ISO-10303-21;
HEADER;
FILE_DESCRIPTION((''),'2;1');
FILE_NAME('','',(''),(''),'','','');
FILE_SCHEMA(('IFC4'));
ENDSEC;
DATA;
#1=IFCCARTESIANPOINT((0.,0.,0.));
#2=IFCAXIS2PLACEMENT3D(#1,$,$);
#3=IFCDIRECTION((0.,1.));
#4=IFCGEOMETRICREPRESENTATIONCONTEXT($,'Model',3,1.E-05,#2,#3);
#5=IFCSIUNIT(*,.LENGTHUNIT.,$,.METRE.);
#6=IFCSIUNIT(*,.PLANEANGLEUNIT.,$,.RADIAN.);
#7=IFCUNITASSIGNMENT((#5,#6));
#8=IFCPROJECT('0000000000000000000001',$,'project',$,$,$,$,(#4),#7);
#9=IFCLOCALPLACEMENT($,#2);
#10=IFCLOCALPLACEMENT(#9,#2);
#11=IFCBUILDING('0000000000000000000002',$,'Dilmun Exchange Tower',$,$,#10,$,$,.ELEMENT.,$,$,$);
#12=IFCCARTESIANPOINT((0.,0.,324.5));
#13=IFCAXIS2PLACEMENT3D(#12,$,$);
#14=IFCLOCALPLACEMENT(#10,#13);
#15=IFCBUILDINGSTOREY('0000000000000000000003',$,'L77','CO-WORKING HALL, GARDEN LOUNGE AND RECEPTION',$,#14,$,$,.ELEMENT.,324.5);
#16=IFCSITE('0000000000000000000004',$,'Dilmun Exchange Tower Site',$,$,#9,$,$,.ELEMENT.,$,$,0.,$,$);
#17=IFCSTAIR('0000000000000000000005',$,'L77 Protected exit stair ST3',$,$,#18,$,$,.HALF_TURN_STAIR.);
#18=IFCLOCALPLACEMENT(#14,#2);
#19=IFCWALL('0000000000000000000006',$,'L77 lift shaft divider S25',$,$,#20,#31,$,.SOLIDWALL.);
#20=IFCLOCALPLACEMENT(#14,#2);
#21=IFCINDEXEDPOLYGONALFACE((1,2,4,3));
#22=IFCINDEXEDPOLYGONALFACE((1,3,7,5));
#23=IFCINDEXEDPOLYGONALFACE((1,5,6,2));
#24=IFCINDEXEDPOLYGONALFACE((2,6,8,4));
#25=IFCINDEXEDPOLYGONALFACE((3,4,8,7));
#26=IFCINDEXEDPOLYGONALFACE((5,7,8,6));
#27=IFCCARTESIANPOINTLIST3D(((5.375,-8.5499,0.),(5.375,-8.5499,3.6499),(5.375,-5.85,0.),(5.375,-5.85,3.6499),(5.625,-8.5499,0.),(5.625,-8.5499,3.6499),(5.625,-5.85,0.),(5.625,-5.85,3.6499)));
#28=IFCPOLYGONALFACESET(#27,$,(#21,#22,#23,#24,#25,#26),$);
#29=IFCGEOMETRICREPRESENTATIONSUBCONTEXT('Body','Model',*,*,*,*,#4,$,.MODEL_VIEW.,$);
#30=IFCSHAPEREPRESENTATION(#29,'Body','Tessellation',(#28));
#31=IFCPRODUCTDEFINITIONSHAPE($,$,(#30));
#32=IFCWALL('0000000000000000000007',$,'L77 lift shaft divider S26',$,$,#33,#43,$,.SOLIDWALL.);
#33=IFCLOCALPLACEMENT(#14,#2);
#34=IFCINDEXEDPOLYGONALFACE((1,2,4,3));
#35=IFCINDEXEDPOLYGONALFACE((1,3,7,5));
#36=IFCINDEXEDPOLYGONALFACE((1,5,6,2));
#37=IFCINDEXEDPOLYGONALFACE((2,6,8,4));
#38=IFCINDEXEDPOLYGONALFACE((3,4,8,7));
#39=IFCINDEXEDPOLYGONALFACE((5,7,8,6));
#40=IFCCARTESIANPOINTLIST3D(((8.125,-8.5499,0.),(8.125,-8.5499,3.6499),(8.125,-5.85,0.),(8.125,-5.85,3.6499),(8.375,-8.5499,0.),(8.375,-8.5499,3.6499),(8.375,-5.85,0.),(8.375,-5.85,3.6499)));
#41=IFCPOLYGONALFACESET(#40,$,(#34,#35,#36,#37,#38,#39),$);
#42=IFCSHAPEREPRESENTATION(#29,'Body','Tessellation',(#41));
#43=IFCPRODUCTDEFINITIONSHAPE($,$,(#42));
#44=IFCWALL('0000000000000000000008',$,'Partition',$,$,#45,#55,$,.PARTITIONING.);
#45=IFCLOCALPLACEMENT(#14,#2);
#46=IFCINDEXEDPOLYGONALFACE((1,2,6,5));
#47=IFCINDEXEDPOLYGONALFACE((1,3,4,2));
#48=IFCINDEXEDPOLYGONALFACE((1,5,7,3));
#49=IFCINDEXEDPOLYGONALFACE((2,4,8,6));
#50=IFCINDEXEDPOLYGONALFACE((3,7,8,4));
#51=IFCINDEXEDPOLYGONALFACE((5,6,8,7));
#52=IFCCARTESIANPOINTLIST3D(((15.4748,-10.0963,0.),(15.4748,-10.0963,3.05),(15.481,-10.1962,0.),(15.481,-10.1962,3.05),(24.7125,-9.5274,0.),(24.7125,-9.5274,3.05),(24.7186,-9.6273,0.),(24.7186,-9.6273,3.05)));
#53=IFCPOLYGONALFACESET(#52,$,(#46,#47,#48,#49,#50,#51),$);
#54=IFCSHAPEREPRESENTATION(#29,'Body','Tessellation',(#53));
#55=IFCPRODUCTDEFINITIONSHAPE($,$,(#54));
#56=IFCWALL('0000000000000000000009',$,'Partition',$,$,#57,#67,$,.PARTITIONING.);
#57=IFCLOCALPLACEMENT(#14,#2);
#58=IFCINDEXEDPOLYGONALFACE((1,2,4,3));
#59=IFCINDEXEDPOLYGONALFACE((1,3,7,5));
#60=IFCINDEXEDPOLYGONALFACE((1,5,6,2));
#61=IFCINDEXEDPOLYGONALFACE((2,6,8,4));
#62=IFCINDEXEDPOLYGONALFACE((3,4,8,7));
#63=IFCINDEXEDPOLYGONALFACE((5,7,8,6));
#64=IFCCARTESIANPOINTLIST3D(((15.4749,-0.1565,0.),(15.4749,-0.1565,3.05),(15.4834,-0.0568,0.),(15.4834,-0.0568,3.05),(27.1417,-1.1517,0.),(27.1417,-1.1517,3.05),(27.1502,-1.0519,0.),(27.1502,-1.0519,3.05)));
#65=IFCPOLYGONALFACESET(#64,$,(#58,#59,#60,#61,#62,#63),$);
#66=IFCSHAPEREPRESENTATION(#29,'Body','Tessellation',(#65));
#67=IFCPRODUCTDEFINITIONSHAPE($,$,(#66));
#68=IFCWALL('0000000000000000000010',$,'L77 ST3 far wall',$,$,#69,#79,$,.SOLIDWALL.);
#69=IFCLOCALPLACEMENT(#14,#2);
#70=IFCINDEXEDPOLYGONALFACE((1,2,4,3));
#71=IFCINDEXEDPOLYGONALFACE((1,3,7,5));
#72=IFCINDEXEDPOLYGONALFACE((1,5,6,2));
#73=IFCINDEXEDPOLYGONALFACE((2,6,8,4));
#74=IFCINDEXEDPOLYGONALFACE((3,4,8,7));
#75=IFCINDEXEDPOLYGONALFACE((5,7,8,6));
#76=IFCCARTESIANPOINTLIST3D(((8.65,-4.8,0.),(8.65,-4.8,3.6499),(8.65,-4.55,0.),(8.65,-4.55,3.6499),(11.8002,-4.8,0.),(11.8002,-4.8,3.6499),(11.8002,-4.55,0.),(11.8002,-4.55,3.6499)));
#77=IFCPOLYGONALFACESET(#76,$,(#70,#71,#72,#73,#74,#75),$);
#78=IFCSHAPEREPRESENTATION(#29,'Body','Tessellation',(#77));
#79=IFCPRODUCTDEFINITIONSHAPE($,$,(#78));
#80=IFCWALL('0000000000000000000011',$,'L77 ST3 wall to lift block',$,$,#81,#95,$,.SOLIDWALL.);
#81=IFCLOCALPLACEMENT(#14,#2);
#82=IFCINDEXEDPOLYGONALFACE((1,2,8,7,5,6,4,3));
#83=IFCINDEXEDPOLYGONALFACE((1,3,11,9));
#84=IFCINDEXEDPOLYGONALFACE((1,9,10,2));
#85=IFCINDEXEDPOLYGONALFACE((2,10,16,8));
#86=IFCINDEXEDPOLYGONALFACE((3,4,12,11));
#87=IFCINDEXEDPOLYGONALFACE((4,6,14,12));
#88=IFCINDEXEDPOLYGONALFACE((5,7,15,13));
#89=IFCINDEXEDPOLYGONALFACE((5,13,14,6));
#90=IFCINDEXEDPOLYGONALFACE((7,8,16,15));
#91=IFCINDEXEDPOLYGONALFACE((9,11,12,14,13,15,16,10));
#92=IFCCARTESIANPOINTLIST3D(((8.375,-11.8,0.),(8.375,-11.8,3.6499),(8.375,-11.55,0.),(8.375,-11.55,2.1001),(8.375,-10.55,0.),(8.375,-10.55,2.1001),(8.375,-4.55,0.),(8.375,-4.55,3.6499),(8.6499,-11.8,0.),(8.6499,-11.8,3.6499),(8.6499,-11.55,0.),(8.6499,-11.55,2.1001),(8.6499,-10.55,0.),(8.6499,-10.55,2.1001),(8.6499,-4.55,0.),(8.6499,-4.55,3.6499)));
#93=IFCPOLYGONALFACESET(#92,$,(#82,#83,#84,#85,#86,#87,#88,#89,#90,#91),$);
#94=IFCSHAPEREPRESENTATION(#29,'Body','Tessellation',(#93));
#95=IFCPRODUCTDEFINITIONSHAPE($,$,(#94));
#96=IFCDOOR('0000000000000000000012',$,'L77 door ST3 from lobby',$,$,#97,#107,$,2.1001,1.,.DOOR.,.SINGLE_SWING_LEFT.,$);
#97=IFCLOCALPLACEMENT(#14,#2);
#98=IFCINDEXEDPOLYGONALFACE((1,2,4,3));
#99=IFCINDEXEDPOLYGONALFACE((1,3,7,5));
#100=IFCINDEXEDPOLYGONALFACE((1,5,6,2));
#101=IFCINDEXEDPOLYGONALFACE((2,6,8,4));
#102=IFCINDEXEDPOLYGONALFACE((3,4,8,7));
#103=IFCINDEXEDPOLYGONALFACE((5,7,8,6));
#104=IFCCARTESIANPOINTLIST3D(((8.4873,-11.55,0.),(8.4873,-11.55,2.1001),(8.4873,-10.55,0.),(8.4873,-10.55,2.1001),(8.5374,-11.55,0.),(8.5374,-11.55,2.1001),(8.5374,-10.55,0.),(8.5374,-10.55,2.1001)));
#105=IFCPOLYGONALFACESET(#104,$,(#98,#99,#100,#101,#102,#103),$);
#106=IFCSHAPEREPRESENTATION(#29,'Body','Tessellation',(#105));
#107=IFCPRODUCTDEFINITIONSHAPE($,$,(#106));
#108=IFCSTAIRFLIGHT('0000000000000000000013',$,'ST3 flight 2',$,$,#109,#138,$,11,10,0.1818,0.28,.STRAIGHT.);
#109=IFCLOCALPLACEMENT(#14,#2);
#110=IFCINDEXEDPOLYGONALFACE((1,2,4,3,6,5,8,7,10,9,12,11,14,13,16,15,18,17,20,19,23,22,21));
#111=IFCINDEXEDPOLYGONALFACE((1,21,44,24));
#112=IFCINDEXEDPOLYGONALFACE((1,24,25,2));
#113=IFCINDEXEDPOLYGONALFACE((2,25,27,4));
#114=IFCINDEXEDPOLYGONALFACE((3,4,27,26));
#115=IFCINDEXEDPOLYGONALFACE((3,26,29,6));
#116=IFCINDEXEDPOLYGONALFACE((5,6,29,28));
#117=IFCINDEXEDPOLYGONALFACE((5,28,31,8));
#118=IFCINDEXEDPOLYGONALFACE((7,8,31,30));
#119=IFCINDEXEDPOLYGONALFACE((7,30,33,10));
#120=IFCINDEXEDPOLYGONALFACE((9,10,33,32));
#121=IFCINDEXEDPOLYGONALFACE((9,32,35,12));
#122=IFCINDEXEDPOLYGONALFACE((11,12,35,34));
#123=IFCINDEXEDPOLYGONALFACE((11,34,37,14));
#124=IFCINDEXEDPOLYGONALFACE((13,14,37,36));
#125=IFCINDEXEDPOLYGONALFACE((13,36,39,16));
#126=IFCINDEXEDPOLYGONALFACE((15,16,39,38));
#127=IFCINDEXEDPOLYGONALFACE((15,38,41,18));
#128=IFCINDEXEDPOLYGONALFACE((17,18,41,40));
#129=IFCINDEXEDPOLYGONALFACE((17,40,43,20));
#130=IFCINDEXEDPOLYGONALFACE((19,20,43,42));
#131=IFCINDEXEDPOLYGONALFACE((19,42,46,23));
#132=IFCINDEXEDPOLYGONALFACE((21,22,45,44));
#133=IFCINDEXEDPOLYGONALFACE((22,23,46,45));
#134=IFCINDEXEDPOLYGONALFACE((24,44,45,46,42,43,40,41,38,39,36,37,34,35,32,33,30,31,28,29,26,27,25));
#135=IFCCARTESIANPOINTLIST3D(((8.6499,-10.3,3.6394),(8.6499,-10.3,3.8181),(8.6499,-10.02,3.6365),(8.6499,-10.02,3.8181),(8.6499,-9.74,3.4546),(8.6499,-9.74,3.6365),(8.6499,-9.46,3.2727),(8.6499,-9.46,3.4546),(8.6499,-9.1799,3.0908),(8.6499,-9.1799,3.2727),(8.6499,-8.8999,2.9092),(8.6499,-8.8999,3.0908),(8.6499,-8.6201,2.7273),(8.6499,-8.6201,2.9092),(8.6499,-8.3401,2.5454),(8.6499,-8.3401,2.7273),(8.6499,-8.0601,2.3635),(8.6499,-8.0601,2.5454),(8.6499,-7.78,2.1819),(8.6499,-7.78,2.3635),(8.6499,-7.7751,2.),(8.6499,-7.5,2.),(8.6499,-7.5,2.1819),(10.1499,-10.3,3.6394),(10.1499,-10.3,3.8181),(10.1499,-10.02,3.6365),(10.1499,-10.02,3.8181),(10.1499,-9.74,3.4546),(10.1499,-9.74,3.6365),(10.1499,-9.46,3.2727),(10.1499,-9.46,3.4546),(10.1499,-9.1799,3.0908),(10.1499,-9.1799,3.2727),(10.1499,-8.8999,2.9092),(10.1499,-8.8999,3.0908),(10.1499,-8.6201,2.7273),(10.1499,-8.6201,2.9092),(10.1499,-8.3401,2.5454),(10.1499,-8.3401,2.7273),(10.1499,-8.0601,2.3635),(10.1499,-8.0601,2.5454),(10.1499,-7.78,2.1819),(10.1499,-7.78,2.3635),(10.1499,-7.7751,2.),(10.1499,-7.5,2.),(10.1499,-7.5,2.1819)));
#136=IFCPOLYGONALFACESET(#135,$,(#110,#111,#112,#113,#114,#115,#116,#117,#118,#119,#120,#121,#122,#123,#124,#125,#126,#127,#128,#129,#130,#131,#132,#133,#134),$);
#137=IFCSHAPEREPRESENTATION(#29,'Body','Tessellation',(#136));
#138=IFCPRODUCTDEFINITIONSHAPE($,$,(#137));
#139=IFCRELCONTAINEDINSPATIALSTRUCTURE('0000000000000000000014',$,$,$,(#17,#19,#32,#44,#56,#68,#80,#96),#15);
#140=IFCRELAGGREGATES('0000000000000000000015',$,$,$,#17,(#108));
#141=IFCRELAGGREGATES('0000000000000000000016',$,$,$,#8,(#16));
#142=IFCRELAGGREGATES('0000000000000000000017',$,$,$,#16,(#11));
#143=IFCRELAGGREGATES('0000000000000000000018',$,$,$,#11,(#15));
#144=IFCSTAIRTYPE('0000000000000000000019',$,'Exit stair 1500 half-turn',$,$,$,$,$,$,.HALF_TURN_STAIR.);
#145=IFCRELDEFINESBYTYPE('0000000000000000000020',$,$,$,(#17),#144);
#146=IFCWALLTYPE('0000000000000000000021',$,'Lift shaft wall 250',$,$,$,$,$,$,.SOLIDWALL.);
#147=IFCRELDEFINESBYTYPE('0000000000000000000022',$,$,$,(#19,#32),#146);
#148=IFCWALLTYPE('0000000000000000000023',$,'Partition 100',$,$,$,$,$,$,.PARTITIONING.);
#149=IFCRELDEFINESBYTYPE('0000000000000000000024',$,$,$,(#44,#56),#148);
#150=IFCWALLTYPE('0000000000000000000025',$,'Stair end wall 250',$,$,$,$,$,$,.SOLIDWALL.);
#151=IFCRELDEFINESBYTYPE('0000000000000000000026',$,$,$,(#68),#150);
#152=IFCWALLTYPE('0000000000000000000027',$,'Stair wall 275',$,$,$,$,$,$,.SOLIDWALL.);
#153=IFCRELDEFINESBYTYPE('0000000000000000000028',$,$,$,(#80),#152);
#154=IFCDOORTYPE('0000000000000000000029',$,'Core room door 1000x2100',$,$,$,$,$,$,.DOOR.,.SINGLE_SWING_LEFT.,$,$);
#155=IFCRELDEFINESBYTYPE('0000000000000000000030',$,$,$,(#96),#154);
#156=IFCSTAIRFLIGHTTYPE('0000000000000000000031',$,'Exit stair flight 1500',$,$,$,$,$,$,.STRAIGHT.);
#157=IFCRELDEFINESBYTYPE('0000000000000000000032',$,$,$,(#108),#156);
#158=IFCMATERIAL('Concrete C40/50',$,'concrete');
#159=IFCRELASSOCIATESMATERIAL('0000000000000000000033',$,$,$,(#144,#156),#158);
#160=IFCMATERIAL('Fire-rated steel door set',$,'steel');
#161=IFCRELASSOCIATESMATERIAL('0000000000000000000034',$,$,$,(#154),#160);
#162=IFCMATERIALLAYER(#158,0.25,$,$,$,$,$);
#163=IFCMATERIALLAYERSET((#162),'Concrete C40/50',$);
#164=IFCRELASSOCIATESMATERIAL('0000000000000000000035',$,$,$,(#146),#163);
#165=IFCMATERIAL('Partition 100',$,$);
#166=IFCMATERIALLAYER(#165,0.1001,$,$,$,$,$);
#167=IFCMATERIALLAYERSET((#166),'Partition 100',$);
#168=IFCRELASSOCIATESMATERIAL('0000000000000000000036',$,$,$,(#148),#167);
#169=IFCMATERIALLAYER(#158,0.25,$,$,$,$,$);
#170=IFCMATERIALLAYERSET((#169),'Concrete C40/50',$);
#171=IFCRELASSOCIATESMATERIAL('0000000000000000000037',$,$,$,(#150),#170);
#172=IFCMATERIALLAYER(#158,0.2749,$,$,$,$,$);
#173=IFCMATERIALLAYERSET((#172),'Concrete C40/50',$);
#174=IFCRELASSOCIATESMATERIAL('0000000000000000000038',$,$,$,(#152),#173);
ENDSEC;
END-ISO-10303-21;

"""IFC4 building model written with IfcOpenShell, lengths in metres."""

from ifc_helpers import new_model, si_unit, direction, frame, frame_2d, origin, place, context, subcontext, project, spatial, polyline, rectangle, outline, extrude, material, layer, layer_set, type_object, element, fill, aggregate, save


model = new_model("IFC4")

# Units and contexts
model_context = context("Model", 3, precision=1e-05, world=origin(), true_north=direction((0.0, 1.0)))
body_context = subcontext(model_context, "Body", "Model", "MODEL_VIEW")
ifc_project = project(units=[si_unit("LENGTHUNIT", "METRE"), si_unit("PLANEANGLEUNIT", "RADIAN")], contexts=[model_context])

# Site, building, storey
site_placement = place(None, origin())
site = spatial("IfcSite", under=ifc_project, at=site_placement, Name="Dilmun Exchange Tower Site", CompositionType="ELEMENT", RefElevation=0.0)
building_placement = place(site_placement, origin())
building = spatial("IfcBuilding", under=site, at=building_placement, Name="Dilmun Exchange Tower", CompositionType="ELEMENT")
storey_placement = place(building_placement, frame((0.0, 0.0, 324.5)))
storey = spatial("IfcBuildingStorey", under=building, at=storey_placement, Name="L77", Description="CO-WORKING HALL, GARDEN LOUNGE AND RECEPTION", CompositionType="ELEMENT", Elevation=324.5)

# Shared definitions
ifc_material_1 = material(Name="Concrete C40/50", Category="concrete")

# Stair
stair_type = type_object("IfcStairType", Name="Exit stair 1500 half-turn", PredefinedType="HALF_TURN_STAIR", material=ifc_material_1)
stair_placement = place(storey_placement, origin())
stair = element("IfcStair", 1, at=stair_placement, inside=storey, type_object=stair_type, Name="L77 Protected exit stair ST3", PredefinedType="HALF_TURN_STAIR")

# Shared definitions
ifc_material_2 = material(Name="Fire-rated steel door set", Category="steel")
door_type_1 = type_object("IfcDoorType", Name="Core room door 1000x2100", OperationType="SINGLE_SWING_LEFT", PredefinedType="DOOR", material=ifc_material_2)

# Walls
ifc_layer_1 = layer(ifc_material_1, 0.25)
ifc_layer_set_1 = layer_set([ifc_layer_1], Name="Concrete C40/50")
wall_type_1 = type_object("IfcWallType", Name="Lift shaft wall 250", PredefinedType="SOLIDWALL", material=ifc_layer_set_1)
for number, where, z_axis, x_axis, name in (
    (2, (5.5, -8.55, 0.0), (0.0, 0.0, 1.0), (0.0, 1.0, 0.0), "L77 lift shaft divider S25"),
    (3, (8.25, -8.55, 0.0), (0.0, 0.0, 1.0), (0.0, 1.0, 0.0), "L77 lift shaft divider S26"),
):
    element("IfcWall", number, at=place(storey_placement, frame(where, z_axis=z_axis, x_axis=x_axis)), inside=storey, type_object=wall_type_1, Name=name, PredefinedType="SOLIDWALL", context=body_context, shape_type="SweptSolid", body=[
        extrude(rectangle(XDim=2.7, YDim=0.25, at=frame_2d((1.3501, 0.0))), origin(), (0.0, 0.0, 1.0), 3.6499),
    ])
ifc_material_3 = material(Name="Partition 100")
ifc_layer_2 = layer(ifc_material_3, 0.1001)
ifc_layer_set_2 = layer_set([ifc_layer_2], Name="Partition 100")
wall_type_2 = type_object("IfcWallType", Name="Partition 100", PredefinedType="PARTITIONING", material=ifc_layer_set_2)
wall_1_placement = place(storey_placement, frame((15.478, -10.1462, 0.0), z_axis=(0.0, 0.0, 1.0), x_axis=(0.998109, 0.061464, 0.0)))
element("IfcWall", 4, at=wall_1_placement, inside=storey, type_object=wall_type_2, Name="Partition", PredefinedType="PARTITIONING", context=body_context, shape_type="SweptSolid", body=[
    extrude(rectangle(XDim=9.2551, YDim=0.1001, at=frame_2d((4.6274, 0.0))), origin(), (0.0, 0.0, 1.0), 3.05),
])
wall_2_placement = place(storey_placement, frame((15.4792, -0.1067, 0.0), z_axis=(0.0, 0.0, 1.0), x_axis=(0.996382, -0.084987, 0.0)))
element("IfcWall", 5, at=wall_2_placement, inside=storey, type_object=wall_type_2, Name="Partition", PredefinedType="PARTITIONING", context=body_context, shape_type="SweptSolid", body=[
    extrude(rectangle(XDim=11.7092, YDim=0.1001, at=frame_2d((5.8545, 0.0))), origin(), (0.0, 0.0, 1.0), 3.05),
])
ifc_layer_3 = layer(ifc_material_1, 0.25)
ifc_layer_set_3 = layer_set([ifc_layer_3], Name="Concrete C40/50")
wall_type_3 = type_object("IfcWallType", Name="Stair end wall 250", PredefinedType="SOLIDWALL", material=ifc_layer_set_3)
wall_3_placement = place(storey_placement, frame((8.6499, -4.675, 0.0), z_axis=(0.0, 0.0, 1.0), x_axis=(1.0, 0.0, 0.0)))
element("IfcWall", 6, at=wall_3_placement, inside=storey, type_object=wall_type_3, Name="L77 ST3 far wall", PredefinedType="SOLIDWALL", context=body_context, shape_type="SweptSolid", body=[
    extrude(rectangle(XDim=3.1501, YDim=0.25, at=frame_2d((1.5752, 0.0))), origin(), (0.0, 0.0, 1.0), 3.6499),
])

# Wall, opening, door
ifc_layer_4 = layer(ifc_material_1, 0.2749)
ifc_layer_set_4 = layer_set([ifc_layer_4], Name="Concrete C40/50")
wall_type_4 = type_object("IfcWallType", Name="Stair wall 275", PredefinedType="SOLIDWALL", material=ifc_layer_set_4)
wall_4_placement = place(storey_placement, frame((8.5125, -4.55, 0.0), z_axis=(0.0, 0.0, 1.0), x_axis=(0.0, -1.0, 0.0)))
wall_4 = element("IfcWall", 7, at=wall_4_placement, inside=storey, type_object=wall_type_4, Name="L77 ST3 wall to lift block", PredefinedType="SOLIDWALL", context=body_context, shape_type="SweptSolid", body=[
    extrude(rectangle(XDim=7.25, YDim=0.2749, at=frame_2d((3.625, 0.0))), origin(), (0.0, 0.0, 1.0), 3.6499),
])
opening_1_placement = place(wall_4_placement, frame((6.0, 0.0, 0.0)))
opening_1 = element("IfcOpeningElement", 8, at=opening_1_placement, cuts=wall_4, PredefinedType="OPENING", context=body_context, shape_type="SweptSolid", body=[
    extrude(rectangle(XDim=1.0, YDim=2.1001, at=frame_2d((0.5, 1.05))), frame((0.0, 0.1475, 0.0), z_axis=(0.0, -1.0, 0.0), x_axis=(1.0, 0.0, 0.0)), (0.0, 0.0, 1.0), 0.2949),
])
door_1_placement = place(opening_1_placement, origin())
door_1 = element("IfcDoor", 9, at=door_1_placement, inside=storey, type_object=door_type_1, Name="L77 door ST3 from lobby", OperationType="SINGLE_SWING_LEFT", OverallHeight=2.1001, OverallWidth=1.0, PredefinedType="DOOR", context=body_context, shape_type="SweptSolid", body=[
    extrude(rectangle(XDim=1.0, YDim=2.1001, at=frame_2d((0.5, 1.05))), frame((0.0, 0.0249, 0.0), z_axis=(0.0, -1.0, 0.0), x_axis=(1.0, 0.0, 0.0)), (0.0, 0.0, 1.0), 0.05),
])
fill(opening_1, door_1)

# Stair flight
stair_flight_type = type_object("IfcStairFlightType", Name="Exit stair flight 1500", PredefinedType="STRAIGHT", material=ifc_material_1)
stair_flight_placement = place(storey_placement, frame((9.3999, -7.5, 2.0), z_axis=(0.0, 0.0, 1.0), x_axis=(0.0, -1.0, 0.0)))
stair_flight = element("IfcStairFlight", 10, at=stair_flight_placement, type_object=stair_flight_type, Name="ST3 flight 2", NumberOfRisers=11, NumberOfTreads=10, PredefinedType="STRAIGHT", RiserHeight=0.1818, TreadLength=0.28, context=body_context, shape_type="SweptSolid", body=[
    extrude(outline(polyline([(0.0, 0.0), (0.0, 0.1819), (0.28, 0.1819), (0.28, 0.3635), (0.5601, 0.3635), (0.5601, 0.5454), (0.8401, 0.5454), (0.8401, 0.7273), (1.1201, 0.7273), (1.1201, 0.9092), (1.3999, 0.9092), (1.3999, 1.0908), (1.6799, 1.0908), (1.6799, 1.2727), (1.96, 1.2727), (1.96, 1.4546), (2.24, 1.4546), (2.24, 1.6365), (2.52, 1.6365), (2.52, 1.8181), (2.8, 1.8181), (2.8, 2.0), (2.8, 1.6394), (0.2751, 0.0), (0.0, 0.0)])), frame((0.0, 0.75, 0.0), z_axis=(0.0, -1.0, 0.0), x_axis=(1.0, 0.0, 0.0)), (0.0, 0.0, 1.0), 1.5),
])
aggregate(stair, [stair_flight])

save(model, "model.ifc")
